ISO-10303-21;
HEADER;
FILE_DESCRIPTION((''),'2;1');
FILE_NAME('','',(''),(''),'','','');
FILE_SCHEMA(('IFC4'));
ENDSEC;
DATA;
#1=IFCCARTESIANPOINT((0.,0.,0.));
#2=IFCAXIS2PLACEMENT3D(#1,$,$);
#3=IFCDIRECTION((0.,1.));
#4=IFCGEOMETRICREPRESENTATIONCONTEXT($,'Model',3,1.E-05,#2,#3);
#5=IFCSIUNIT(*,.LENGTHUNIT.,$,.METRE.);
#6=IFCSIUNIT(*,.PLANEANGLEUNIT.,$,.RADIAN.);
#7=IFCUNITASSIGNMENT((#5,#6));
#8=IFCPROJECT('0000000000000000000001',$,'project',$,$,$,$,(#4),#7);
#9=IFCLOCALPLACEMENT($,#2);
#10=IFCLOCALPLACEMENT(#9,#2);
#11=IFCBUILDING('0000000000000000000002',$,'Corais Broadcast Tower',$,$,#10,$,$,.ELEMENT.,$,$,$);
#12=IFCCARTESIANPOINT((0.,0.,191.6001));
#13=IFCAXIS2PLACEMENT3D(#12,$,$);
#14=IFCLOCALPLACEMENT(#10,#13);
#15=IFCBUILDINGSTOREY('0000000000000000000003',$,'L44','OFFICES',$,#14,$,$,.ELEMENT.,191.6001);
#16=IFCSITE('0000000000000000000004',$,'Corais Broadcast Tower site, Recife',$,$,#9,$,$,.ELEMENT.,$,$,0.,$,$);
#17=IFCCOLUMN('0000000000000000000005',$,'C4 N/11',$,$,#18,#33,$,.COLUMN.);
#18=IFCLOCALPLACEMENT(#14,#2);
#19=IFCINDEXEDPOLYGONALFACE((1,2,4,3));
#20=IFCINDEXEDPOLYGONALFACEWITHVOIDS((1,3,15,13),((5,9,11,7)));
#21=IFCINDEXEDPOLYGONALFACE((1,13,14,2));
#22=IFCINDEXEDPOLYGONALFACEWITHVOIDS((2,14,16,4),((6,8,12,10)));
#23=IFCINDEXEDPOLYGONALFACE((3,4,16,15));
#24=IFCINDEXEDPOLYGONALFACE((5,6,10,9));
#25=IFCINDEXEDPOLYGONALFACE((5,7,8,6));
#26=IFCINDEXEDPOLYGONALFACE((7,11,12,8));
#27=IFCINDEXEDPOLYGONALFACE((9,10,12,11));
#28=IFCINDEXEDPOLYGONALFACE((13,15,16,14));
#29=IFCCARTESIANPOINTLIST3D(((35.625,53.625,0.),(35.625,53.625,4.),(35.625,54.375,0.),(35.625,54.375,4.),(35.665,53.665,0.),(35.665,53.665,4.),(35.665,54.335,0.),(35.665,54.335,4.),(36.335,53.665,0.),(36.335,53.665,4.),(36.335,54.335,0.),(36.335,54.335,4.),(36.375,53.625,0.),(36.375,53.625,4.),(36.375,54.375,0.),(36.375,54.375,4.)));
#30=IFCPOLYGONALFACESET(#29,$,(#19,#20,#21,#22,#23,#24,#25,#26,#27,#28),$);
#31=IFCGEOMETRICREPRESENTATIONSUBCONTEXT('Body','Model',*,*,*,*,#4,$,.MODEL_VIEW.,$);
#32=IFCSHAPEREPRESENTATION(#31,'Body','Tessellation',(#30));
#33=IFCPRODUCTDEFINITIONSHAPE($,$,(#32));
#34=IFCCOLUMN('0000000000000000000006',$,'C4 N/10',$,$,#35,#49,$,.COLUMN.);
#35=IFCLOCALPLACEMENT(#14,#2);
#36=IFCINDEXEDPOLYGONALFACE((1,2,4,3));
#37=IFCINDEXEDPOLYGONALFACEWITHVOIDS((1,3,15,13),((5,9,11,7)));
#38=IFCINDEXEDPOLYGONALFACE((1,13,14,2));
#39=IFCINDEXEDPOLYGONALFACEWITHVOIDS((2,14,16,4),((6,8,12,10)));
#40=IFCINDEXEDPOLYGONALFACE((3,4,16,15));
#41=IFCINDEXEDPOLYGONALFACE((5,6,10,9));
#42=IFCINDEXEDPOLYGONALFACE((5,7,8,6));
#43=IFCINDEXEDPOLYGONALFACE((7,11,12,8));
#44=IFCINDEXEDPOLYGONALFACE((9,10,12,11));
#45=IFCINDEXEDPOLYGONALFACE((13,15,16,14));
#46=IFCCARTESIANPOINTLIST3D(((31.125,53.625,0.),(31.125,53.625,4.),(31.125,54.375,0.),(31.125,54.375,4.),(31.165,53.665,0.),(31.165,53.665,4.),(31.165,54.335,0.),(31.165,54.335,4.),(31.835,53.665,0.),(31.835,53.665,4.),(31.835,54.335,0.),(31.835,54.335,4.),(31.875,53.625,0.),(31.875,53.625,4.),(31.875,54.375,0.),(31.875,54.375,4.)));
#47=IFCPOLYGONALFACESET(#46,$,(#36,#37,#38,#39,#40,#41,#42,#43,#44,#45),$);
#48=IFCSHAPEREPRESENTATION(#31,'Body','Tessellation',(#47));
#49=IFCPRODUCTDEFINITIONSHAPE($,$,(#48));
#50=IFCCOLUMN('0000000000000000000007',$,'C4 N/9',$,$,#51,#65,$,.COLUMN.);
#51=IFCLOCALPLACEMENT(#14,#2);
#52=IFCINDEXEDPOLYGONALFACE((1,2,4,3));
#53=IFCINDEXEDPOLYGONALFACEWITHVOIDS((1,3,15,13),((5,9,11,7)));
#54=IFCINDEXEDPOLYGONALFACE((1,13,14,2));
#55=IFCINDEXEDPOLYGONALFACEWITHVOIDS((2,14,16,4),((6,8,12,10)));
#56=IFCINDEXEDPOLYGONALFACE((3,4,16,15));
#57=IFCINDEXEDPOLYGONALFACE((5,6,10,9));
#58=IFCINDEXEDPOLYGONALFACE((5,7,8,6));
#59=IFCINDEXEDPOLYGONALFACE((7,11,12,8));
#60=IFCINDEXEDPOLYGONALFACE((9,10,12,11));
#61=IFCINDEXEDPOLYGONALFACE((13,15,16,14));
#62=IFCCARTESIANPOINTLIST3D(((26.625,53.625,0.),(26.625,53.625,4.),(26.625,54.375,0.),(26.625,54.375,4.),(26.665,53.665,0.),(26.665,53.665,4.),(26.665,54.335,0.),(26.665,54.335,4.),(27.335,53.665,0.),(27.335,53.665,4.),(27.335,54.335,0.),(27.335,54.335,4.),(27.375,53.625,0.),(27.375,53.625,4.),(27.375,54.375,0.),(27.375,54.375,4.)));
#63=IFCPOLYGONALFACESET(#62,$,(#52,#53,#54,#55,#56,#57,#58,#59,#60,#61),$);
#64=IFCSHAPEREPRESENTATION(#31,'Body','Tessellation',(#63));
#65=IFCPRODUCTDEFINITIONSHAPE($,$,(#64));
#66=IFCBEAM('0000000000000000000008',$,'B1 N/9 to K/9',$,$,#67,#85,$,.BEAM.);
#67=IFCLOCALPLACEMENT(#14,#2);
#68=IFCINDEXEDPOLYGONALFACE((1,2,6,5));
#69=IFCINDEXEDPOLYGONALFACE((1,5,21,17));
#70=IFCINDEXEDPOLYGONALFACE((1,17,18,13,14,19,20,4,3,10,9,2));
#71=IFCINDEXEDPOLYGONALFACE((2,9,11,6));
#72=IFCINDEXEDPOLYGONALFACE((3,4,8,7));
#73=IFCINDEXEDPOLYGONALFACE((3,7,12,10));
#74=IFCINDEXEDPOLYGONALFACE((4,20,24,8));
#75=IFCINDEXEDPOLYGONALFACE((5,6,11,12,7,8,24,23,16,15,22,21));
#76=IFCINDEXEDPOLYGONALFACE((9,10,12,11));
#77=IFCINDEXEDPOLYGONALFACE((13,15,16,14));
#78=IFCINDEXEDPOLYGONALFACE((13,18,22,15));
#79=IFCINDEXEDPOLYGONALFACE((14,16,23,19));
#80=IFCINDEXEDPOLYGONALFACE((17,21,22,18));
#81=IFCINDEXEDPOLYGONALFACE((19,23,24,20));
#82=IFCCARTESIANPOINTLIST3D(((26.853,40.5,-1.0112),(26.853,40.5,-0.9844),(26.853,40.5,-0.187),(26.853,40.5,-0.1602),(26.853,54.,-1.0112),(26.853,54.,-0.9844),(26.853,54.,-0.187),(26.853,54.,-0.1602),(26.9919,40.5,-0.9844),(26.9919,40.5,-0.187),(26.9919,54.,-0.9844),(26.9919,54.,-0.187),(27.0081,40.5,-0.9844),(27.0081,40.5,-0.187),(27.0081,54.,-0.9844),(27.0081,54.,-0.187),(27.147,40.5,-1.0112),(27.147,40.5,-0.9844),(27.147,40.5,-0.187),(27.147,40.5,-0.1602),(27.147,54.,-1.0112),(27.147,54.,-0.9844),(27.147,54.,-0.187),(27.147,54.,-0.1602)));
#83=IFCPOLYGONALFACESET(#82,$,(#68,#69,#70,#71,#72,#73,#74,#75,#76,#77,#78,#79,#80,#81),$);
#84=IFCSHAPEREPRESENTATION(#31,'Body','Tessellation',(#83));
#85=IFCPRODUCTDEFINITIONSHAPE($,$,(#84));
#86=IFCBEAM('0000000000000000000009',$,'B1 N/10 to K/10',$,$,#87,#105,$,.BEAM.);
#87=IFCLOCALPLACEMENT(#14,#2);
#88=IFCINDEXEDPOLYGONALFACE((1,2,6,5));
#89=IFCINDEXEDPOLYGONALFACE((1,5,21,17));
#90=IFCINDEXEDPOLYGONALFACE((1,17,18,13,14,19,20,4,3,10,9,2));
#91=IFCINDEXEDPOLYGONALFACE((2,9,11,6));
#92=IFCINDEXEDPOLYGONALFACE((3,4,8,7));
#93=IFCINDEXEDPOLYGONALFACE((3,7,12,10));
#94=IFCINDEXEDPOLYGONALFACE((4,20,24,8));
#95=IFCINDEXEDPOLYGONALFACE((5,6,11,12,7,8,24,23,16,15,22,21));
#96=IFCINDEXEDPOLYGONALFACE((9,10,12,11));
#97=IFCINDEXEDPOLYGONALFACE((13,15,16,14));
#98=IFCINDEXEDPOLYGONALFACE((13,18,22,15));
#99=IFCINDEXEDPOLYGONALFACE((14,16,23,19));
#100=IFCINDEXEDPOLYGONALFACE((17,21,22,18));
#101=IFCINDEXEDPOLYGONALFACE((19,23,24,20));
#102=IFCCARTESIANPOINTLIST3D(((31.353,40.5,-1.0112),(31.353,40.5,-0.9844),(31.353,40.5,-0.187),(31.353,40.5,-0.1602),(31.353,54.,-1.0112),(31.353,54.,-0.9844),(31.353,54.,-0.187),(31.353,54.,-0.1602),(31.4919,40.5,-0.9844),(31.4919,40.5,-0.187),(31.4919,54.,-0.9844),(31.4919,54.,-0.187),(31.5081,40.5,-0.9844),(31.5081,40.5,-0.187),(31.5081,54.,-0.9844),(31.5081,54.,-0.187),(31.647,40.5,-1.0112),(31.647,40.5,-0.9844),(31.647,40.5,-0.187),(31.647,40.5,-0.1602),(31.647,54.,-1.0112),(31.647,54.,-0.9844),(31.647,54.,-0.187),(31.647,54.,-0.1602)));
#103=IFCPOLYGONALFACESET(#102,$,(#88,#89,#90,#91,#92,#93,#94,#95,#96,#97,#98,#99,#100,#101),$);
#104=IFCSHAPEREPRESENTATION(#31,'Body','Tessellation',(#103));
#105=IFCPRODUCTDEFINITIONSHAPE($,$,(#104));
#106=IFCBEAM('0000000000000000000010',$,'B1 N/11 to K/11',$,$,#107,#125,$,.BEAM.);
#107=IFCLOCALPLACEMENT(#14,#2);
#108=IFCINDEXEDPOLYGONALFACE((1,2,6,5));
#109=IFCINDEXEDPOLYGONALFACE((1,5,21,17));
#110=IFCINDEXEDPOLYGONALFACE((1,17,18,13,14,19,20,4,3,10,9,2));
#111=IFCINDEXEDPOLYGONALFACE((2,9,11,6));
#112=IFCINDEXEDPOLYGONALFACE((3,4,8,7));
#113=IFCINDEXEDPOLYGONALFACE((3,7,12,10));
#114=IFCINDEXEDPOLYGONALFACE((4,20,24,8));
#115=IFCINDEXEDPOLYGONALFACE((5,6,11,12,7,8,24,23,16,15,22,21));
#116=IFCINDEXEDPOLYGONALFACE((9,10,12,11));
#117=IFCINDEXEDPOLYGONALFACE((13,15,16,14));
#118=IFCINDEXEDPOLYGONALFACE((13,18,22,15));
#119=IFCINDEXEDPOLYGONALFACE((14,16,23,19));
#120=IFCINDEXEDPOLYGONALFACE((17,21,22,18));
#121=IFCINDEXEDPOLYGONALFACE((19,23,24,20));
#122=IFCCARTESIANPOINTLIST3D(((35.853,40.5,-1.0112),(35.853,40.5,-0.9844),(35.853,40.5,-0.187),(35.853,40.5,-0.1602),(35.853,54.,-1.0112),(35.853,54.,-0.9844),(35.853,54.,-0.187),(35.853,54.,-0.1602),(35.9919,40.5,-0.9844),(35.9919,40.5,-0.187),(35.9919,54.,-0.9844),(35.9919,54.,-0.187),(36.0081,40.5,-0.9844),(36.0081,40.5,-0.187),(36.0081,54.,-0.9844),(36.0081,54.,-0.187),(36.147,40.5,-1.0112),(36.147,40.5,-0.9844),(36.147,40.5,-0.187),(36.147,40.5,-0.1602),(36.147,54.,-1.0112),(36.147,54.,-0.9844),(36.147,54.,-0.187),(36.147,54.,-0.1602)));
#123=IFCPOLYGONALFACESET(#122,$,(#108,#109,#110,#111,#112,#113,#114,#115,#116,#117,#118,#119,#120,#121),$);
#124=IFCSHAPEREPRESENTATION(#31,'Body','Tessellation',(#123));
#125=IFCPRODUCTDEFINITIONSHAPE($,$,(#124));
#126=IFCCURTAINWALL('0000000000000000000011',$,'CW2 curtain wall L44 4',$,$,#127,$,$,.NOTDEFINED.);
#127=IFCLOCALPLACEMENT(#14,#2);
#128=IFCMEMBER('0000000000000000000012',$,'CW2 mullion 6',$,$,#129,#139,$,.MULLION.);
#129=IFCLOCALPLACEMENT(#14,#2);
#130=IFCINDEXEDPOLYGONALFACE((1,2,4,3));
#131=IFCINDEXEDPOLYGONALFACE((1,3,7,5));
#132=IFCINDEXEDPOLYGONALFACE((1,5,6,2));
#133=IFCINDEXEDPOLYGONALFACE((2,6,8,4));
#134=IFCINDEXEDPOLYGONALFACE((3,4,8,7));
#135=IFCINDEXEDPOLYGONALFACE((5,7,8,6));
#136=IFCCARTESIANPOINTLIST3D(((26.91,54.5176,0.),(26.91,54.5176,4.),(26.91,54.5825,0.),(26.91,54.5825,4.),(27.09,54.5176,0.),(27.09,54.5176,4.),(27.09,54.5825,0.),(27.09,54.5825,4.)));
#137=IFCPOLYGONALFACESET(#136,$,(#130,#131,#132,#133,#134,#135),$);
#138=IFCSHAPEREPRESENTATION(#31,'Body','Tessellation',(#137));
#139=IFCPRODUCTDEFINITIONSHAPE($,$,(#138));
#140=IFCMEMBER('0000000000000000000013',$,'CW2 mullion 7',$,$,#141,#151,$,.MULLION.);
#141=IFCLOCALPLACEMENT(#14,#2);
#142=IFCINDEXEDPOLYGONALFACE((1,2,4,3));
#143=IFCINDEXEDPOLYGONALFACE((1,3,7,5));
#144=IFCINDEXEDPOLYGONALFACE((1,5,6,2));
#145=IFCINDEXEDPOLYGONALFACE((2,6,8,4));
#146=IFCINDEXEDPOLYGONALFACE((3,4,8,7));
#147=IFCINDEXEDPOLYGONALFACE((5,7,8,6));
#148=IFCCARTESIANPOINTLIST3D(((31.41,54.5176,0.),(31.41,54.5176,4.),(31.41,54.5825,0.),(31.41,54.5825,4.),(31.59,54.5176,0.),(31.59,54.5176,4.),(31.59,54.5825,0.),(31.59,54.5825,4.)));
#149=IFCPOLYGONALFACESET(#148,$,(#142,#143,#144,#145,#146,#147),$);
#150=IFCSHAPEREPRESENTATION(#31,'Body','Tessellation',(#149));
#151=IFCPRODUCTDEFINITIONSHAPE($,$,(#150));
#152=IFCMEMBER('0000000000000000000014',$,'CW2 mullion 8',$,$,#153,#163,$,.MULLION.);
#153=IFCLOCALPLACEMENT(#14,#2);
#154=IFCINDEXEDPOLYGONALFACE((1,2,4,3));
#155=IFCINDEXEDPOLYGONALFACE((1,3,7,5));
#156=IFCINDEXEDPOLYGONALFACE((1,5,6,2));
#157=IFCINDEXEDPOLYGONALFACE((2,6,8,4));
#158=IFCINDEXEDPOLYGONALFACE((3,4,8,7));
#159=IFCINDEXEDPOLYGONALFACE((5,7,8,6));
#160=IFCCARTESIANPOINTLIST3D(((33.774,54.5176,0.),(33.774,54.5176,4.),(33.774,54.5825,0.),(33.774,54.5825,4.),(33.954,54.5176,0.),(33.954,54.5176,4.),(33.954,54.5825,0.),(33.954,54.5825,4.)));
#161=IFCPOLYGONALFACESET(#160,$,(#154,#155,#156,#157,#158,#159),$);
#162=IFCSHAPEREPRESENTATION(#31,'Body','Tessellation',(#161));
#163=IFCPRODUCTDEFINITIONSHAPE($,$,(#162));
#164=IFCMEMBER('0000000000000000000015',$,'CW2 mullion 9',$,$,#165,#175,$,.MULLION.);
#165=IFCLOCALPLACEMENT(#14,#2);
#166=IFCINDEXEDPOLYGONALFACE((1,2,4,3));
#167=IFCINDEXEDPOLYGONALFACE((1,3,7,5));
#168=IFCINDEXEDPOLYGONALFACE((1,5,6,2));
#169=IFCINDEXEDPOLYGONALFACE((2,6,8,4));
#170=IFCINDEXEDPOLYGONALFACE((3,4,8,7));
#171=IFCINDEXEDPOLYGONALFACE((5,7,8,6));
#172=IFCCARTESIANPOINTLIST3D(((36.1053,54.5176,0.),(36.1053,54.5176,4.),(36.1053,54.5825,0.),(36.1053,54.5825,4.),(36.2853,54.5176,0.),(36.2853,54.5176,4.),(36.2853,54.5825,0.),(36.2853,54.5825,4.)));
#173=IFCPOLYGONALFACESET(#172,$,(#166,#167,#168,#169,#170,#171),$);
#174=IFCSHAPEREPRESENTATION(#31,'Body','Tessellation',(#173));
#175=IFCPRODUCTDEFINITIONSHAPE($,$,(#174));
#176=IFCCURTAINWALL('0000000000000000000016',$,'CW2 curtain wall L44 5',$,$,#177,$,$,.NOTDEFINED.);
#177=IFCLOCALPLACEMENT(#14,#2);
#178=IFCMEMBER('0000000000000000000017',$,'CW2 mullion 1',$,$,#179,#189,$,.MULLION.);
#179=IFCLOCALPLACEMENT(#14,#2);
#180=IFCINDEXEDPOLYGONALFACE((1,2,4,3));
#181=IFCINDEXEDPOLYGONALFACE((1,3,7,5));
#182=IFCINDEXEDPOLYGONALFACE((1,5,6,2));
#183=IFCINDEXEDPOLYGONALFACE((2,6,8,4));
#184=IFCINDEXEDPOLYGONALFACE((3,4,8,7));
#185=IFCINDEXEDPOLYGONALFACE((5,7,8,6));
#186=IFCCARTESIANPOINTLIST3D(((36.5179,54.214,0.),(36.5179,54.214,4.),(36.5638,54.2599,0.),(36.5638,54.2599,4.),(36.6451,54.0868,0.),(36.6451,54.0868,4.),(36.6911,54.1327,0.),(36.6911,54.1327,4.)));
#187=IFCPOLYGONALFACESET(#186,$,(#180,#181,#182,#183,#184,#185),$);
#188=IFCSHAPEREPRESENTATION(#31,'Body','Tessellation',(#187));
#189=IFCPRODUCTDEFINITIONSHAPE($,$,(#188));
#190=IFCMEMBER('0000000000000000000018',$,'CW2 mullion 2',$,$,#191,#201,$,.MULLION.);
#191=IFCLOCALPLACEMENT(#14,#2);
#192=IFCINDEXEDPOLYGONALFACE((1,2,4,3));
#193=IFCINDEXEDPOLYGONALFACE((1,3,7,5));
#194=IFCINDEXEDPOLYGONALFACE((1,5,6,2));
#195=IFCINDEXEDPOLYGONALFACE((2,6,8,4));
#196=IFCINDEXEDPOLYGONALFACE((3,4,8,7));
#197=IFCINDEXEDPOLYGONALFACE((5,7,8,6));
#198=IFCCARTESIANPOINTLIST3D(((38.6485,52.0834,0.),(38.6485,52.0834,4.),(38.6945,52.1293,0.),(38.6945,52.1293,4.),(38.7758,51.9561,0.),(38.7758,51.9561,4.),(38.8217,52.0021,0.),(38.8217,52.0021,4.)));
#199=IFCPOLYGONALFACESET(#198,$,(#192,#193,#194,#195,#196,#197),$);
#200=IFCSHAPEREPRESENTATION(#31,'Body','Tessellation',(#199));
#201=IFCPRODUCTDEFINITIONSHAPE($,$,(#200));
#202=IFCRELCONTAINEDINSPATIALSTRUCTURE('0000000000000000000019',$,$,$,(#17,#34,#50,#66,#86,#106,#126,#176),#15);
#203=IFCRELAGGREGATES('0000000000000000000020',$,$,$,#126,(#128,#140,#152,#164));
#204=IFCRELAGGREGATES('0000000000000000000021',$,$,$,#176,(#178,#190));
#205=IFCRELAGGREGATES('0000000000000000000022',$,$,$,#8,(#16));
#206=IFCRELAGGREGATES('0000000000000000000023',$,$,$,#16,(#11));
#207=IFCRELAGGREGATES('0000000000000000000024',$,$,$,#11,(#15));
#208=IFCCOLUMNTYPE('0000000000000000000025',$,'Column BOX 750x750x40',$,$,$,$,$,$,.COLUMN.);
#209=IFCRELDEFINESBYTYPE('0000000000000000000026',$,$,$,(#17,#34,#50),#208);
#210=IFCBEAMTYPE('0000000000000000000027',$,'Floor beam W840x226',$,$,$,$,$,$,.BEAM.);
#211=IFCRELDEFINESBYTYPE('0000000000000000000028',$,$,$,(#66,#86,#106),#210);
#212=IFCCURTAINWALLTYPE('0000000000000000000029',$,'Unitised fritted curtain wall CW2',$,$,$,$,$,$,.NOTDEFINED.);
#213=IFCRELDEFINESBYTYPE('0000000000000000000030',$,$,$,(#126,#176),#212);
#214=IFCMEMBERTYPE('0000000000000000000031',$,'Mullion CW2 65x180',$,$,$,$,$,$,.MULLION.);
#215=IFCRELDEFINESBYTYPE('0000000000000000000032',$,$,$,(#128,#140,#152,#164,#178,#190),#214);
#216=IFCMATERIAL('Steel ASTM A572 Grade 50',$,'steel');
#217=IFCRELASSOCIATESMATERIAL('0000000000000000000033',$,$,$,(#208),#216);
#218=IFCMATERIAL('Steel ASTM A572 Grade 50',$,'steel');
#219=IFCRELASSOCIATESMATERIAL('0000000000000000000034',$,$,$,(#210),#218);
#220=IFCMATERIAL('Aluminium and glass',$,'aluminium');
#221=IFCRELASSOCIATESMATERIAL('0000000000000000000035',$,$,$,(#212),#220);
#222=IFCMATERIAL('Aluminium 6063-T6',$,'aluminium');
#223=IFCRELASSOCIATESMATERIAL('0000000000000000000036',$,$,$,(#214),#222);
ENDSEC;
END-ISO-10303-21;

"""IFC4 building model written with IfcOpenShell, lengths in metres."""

from ifc_helpers import new_model, si_unit, direction, frame, origin, origin_2d, place, context, subcontext, project, spatial, rectangle, hollow_rectangle, i_section, extrude, material, material_profile, profile_set, type_object, element, aggregate, save


model = new_model("IFC4")

# Units and contexts
model_context = context("Model", 3, precision=1e-05, world=origin(), true_north=direction((0.0, 1.0)))
body_context = subcontext(model_context, "Body", "Model", "MODEL_VIEW")
ifc_project = project(units=[si_unit("LENGTHUNIT", "METRE"), si_unit("PLANEANGLEUNIT", "RADIAN")], contexts=[model_context])

# Site, building, storey
site_placement = place(None, origin())
site = spatial("IfcSite", under=ifc_project, at=site_placement, Name="Corais Broadcast Tower site, Recife", CompositionType="ELEMENT", RefElevation=0.0)
building_placement = place(site_placement, origin())
building = spatial("IfcBuilding", under=site, at=building_placement, Name="Corais Broadcast Tower", CompositionType="ELEMENT")
storey_placement = place(building_placement, frame((0.0, 0.0, 191.6001)))
storey = spatial("IfcBuildingStorey", under=building, at=storey_placement, Name="L44", Description="OFFICES", CompositionType="ELEMENT", Elevation=191.6001)

# Columns
ifc_material_1 = material(Name="Steel ASTM A572 Grade 50", Category="steel")
ifc_material_profile_1 = material_profile(ifc_material_1, hollow_rectangle(XDim=0.75, YDim=0.75, WallThickness=0.04, at=origin_2d()), Name="BOX 750x750x40")
ifc_profile_set_1 = profile_set([ifc_material_profile_1], Name="Steel ASTM A572 Grade 50")
column_type = type_object("IfcColumnType", Name="Column BOX 750x750x40", PredefinedType="COLUMN", material=ifc_profile_set_1)
for number, where, z_axis, x_axis, name in (
    (1, (36.0, 54.0, 0.0), (0.0, 0.0, 1.0), (1.0, 0.0, 0.0), "C4 N/11"),
    (2, (31.5, 54.0, 0.0), (0.0, 0.0, 1.0), (1.0, 0.0, 0.0), "C4 N/10"),
    (3, (27.0, 54.0, 0.0), (0.0, 0.0, 1.0), (1.0, 0.0, 0.0), "C4 N/9"),
):
    element("IfcColumn", number, at=place(storey_placement, frame(where, z_axis=z_axis, x_axis=x_axis)), inside=storey, type_object=column_type, Name=name, PredefinedType="COLUMN", context=body_context, shape_type="SweptSolid", body=[
        extrude(hollow_rectangle(XDim=0.75, YDim=0.75, WallThickness=0.04, at=origin_2d()), origin(), (0.0, 0.0, 1.0), 4.0),
    ])

# Beams
ifc_material_2 = material(Name="Steel ASTM A572 Grade 50", Category="steel")
ifc_material_profile_2 = material_profile(ifc_material_2, i_section(OverallWidth=0.2939, OverallDepth=0.8511, WebThickness=0.0161, FlangeThickness=0.0269, at=origin_2d()), Name="W840x226")
ifc_profile_set_2 = profile_set([ifc_material_profile_2], Name="Steel ASTM A572 Grade 50")
beam_type_1 = type_object("IfcBeamType", Name="Floor beam W840x226", PredefinedType="BEAM", material=ifc_profile_set_2)
for number, where, z_axis, x_axis, name in (
    (4, (27.0, 54.0, -0.5857), (0.0, -1.0, 0.0), (1.0, 0.0, 0.0), "B1 N/9 to K/9"),
    (5, (31.5, 54.0, -0.5857), (0.0, -1.0, 0.0), (1.0, 0.0, 0.0), "B1 N/10 to K/10"),
    (6, (36.0, 54.0, -0.5857), (0.0, -1.0, 0.0), (1.0, 0.0, 0.0), "B1 N/11 to K/11"),
):
    element("IfcBeam", number, at=place(storey_placement, frame(where, z_axis=z_axis, x_axis=x_axis)), inside=storey, type_object=beam_type_1, Name=name, PredefinedType="BEAM", context=body_context, shape_type="SweptSolid", body=[
        extrude(i_section(OverallWidth=0.2939, OverallDepth=0.8511, WebThickness=0.0161, FlangeThickness=0.0269, at=origin_2d()), origin(), (0.0, 0.0, 1.0), 13.5),
    ])

# Curtain walls, members
ifc_material_3 = material(Name="Aluminium and glass", Category="aluminium")
curtain_wall_type = type_object("IfcCurtainWallType", Name="Unitised fritted curtain wall CW2", PredefinedType="NOTDEFINED", material=ifc_material_3)
curtain_wall_1_placement = place(storey_placement, origin())
curtain_wall_1 = element("IfcCurtainWall", 7, at=curtain_wall_1_placement, inside=storey, type_object=curtain_wall_type, Name="CW2 curtain wall L44 4", PredefinedType="NOTDEFINED")
ifc_material_4 = material(Name="Aluminium 6063-T6", Category="aluminium")
ifc_material_profile_3 = material_profile(ifc_material_4, rectangle(XDim=0.0649, YDim=0.1799, at=origin_2d()), Name="Mullion CW2 65x180")
ifc_profile_set_3 = profile_set([ifc_material_profile_3], Name="Aluminium 6063-T6")
member_type_1 = type_object("IfcMemberType", Name="Mullion CW2 65x180", PredefinedType="MULLION", material=ifc_profile_set_3)
member_1_placement = place(storey_placement, frame((27.0, 54.55, 0.0), z_axis=(0.0, 0.0, 1.0), x_axis=(0.0, 1.0, 0.0)))
member_1 = element("IfcMember", 8, at=member_1_placement, type_object=member_type_1, Name="CW2 mullion 6", PredefinedType="MULLION", context=body_context, shape_type="SweptSolid", body=[
    extrude(rectangle(XDim=0.0649, YDim=0.1799, at=origin_2d()), origin(), (0.0, 0.0, 1.0), 4.0),
])
member_2_placement = place(storey_placement, frame((31.5, 54.55, 0.0), z_axis=(0.0, 0.0, 1.0), x_axis=(0.0, 1.0, 0.0)))
member_2 = element("IfcMember", 9, at=member_2_placement, type_object=member_type_1, Name="CW2 mullion 7", PredefinedType="MULLION", context=body_context, shape_type="SweptSolid", body=[
    extrude(rectangle(XDim=0.0649, YDim=0.1799, at=origin_2d()), origin(), (0.0, 0.0, 1.0), 4.0),
])
member_3_placement = place(storey_placement, frame((33.864, 54.55, 0.0), z_axis=(0.0, 0.0, 1.0), x_axis=(0.0, 1.0, 0.0)))
member_3 = element("IfcMember", 10, at=member_3_placement, type_object=member_type_1, Name="CW2 mullion 8", PredefinedType="MULLION", context=body_context, shape_type="SweptSolid", body=[
    extrude(rectangle(XDim=0.0649, YDim=0.1799, at=origin_2d()), origin(), (0.0, 0.0, 1.0), 4.0),
])
member_4_placement = place(storey_placement, frame((36.1953, 54.55, 0.0), z_axis=(0.0, 0.0, 1.0), x_axis=(0.0, 1.0, 0.0)))
member_4 = element("IfcMember", 11, at=member_4_placement, type_object=member_type_1, Name="CW2 mullion 9", PredefinedType="MULLION", context=body_context, shape_type="SweptSolid", body=[
    extrude(rectangle(XDim=0.0649, YDim=0.1799, at=origin_2d()), origin(), (0.0, 0.0, 1.0), 4.0),
])
curtain_wall_2_placement = place(storey_placement, origin())
curtain_wall_2 = element("IfcCurtainWall", 12, at=curtain_wall_2_placement, inside=storey, type_object=curtain_wall_type, Name="CW2 curtain wall L44 5", PredefinedType="NOTDEFINED")
member_5_placement = place(storey_placement, frame((36.6045, 54.1733, 0.0), z_axis=(0.0, 0.0, 1.0), x_axis=(0.707107, 0.707107, 0.0)))
member_5 = element("IfcMember", 13, at=member_5_placement, type_object=member_type_1, Name="CW2 mullion 1", PredefinedType="MULLION", context=body_context, shape_type="SweptSolid", body=[
    extrude(rectangle(XDim=0.0649, YDim=0.1799, at=origin_2d()), origin(), (0.0, 0.0, 1.0), 4.0),
])
member_6_placement = place(storey_placement, frame((38.7351, 52.0427, 0.0), z_axis=(0.0, 0.0, 1.0), x_axis=(0.707107, 0.707107, 0.0)))
member_6 = element("IfcMember", 14, at=member_6_placement, type_object=member_type_1, Name="CW2 mullion 2", PredefinedType="MULLION", context=body_context, shape_type="SweptSolid", body=[
    extrude(rectangle(XDim=0.0649, YDim=0.1799, at=origin_2d()), origin(), (0.0, 0.0, 1.0), 4.0),
])

aggregate(curtain_wall_1, [member_1, member_2, member_3, member_4])
aggregate(curtain_wall_2, [member_5, member_6])

save(model, "model.ifc")
